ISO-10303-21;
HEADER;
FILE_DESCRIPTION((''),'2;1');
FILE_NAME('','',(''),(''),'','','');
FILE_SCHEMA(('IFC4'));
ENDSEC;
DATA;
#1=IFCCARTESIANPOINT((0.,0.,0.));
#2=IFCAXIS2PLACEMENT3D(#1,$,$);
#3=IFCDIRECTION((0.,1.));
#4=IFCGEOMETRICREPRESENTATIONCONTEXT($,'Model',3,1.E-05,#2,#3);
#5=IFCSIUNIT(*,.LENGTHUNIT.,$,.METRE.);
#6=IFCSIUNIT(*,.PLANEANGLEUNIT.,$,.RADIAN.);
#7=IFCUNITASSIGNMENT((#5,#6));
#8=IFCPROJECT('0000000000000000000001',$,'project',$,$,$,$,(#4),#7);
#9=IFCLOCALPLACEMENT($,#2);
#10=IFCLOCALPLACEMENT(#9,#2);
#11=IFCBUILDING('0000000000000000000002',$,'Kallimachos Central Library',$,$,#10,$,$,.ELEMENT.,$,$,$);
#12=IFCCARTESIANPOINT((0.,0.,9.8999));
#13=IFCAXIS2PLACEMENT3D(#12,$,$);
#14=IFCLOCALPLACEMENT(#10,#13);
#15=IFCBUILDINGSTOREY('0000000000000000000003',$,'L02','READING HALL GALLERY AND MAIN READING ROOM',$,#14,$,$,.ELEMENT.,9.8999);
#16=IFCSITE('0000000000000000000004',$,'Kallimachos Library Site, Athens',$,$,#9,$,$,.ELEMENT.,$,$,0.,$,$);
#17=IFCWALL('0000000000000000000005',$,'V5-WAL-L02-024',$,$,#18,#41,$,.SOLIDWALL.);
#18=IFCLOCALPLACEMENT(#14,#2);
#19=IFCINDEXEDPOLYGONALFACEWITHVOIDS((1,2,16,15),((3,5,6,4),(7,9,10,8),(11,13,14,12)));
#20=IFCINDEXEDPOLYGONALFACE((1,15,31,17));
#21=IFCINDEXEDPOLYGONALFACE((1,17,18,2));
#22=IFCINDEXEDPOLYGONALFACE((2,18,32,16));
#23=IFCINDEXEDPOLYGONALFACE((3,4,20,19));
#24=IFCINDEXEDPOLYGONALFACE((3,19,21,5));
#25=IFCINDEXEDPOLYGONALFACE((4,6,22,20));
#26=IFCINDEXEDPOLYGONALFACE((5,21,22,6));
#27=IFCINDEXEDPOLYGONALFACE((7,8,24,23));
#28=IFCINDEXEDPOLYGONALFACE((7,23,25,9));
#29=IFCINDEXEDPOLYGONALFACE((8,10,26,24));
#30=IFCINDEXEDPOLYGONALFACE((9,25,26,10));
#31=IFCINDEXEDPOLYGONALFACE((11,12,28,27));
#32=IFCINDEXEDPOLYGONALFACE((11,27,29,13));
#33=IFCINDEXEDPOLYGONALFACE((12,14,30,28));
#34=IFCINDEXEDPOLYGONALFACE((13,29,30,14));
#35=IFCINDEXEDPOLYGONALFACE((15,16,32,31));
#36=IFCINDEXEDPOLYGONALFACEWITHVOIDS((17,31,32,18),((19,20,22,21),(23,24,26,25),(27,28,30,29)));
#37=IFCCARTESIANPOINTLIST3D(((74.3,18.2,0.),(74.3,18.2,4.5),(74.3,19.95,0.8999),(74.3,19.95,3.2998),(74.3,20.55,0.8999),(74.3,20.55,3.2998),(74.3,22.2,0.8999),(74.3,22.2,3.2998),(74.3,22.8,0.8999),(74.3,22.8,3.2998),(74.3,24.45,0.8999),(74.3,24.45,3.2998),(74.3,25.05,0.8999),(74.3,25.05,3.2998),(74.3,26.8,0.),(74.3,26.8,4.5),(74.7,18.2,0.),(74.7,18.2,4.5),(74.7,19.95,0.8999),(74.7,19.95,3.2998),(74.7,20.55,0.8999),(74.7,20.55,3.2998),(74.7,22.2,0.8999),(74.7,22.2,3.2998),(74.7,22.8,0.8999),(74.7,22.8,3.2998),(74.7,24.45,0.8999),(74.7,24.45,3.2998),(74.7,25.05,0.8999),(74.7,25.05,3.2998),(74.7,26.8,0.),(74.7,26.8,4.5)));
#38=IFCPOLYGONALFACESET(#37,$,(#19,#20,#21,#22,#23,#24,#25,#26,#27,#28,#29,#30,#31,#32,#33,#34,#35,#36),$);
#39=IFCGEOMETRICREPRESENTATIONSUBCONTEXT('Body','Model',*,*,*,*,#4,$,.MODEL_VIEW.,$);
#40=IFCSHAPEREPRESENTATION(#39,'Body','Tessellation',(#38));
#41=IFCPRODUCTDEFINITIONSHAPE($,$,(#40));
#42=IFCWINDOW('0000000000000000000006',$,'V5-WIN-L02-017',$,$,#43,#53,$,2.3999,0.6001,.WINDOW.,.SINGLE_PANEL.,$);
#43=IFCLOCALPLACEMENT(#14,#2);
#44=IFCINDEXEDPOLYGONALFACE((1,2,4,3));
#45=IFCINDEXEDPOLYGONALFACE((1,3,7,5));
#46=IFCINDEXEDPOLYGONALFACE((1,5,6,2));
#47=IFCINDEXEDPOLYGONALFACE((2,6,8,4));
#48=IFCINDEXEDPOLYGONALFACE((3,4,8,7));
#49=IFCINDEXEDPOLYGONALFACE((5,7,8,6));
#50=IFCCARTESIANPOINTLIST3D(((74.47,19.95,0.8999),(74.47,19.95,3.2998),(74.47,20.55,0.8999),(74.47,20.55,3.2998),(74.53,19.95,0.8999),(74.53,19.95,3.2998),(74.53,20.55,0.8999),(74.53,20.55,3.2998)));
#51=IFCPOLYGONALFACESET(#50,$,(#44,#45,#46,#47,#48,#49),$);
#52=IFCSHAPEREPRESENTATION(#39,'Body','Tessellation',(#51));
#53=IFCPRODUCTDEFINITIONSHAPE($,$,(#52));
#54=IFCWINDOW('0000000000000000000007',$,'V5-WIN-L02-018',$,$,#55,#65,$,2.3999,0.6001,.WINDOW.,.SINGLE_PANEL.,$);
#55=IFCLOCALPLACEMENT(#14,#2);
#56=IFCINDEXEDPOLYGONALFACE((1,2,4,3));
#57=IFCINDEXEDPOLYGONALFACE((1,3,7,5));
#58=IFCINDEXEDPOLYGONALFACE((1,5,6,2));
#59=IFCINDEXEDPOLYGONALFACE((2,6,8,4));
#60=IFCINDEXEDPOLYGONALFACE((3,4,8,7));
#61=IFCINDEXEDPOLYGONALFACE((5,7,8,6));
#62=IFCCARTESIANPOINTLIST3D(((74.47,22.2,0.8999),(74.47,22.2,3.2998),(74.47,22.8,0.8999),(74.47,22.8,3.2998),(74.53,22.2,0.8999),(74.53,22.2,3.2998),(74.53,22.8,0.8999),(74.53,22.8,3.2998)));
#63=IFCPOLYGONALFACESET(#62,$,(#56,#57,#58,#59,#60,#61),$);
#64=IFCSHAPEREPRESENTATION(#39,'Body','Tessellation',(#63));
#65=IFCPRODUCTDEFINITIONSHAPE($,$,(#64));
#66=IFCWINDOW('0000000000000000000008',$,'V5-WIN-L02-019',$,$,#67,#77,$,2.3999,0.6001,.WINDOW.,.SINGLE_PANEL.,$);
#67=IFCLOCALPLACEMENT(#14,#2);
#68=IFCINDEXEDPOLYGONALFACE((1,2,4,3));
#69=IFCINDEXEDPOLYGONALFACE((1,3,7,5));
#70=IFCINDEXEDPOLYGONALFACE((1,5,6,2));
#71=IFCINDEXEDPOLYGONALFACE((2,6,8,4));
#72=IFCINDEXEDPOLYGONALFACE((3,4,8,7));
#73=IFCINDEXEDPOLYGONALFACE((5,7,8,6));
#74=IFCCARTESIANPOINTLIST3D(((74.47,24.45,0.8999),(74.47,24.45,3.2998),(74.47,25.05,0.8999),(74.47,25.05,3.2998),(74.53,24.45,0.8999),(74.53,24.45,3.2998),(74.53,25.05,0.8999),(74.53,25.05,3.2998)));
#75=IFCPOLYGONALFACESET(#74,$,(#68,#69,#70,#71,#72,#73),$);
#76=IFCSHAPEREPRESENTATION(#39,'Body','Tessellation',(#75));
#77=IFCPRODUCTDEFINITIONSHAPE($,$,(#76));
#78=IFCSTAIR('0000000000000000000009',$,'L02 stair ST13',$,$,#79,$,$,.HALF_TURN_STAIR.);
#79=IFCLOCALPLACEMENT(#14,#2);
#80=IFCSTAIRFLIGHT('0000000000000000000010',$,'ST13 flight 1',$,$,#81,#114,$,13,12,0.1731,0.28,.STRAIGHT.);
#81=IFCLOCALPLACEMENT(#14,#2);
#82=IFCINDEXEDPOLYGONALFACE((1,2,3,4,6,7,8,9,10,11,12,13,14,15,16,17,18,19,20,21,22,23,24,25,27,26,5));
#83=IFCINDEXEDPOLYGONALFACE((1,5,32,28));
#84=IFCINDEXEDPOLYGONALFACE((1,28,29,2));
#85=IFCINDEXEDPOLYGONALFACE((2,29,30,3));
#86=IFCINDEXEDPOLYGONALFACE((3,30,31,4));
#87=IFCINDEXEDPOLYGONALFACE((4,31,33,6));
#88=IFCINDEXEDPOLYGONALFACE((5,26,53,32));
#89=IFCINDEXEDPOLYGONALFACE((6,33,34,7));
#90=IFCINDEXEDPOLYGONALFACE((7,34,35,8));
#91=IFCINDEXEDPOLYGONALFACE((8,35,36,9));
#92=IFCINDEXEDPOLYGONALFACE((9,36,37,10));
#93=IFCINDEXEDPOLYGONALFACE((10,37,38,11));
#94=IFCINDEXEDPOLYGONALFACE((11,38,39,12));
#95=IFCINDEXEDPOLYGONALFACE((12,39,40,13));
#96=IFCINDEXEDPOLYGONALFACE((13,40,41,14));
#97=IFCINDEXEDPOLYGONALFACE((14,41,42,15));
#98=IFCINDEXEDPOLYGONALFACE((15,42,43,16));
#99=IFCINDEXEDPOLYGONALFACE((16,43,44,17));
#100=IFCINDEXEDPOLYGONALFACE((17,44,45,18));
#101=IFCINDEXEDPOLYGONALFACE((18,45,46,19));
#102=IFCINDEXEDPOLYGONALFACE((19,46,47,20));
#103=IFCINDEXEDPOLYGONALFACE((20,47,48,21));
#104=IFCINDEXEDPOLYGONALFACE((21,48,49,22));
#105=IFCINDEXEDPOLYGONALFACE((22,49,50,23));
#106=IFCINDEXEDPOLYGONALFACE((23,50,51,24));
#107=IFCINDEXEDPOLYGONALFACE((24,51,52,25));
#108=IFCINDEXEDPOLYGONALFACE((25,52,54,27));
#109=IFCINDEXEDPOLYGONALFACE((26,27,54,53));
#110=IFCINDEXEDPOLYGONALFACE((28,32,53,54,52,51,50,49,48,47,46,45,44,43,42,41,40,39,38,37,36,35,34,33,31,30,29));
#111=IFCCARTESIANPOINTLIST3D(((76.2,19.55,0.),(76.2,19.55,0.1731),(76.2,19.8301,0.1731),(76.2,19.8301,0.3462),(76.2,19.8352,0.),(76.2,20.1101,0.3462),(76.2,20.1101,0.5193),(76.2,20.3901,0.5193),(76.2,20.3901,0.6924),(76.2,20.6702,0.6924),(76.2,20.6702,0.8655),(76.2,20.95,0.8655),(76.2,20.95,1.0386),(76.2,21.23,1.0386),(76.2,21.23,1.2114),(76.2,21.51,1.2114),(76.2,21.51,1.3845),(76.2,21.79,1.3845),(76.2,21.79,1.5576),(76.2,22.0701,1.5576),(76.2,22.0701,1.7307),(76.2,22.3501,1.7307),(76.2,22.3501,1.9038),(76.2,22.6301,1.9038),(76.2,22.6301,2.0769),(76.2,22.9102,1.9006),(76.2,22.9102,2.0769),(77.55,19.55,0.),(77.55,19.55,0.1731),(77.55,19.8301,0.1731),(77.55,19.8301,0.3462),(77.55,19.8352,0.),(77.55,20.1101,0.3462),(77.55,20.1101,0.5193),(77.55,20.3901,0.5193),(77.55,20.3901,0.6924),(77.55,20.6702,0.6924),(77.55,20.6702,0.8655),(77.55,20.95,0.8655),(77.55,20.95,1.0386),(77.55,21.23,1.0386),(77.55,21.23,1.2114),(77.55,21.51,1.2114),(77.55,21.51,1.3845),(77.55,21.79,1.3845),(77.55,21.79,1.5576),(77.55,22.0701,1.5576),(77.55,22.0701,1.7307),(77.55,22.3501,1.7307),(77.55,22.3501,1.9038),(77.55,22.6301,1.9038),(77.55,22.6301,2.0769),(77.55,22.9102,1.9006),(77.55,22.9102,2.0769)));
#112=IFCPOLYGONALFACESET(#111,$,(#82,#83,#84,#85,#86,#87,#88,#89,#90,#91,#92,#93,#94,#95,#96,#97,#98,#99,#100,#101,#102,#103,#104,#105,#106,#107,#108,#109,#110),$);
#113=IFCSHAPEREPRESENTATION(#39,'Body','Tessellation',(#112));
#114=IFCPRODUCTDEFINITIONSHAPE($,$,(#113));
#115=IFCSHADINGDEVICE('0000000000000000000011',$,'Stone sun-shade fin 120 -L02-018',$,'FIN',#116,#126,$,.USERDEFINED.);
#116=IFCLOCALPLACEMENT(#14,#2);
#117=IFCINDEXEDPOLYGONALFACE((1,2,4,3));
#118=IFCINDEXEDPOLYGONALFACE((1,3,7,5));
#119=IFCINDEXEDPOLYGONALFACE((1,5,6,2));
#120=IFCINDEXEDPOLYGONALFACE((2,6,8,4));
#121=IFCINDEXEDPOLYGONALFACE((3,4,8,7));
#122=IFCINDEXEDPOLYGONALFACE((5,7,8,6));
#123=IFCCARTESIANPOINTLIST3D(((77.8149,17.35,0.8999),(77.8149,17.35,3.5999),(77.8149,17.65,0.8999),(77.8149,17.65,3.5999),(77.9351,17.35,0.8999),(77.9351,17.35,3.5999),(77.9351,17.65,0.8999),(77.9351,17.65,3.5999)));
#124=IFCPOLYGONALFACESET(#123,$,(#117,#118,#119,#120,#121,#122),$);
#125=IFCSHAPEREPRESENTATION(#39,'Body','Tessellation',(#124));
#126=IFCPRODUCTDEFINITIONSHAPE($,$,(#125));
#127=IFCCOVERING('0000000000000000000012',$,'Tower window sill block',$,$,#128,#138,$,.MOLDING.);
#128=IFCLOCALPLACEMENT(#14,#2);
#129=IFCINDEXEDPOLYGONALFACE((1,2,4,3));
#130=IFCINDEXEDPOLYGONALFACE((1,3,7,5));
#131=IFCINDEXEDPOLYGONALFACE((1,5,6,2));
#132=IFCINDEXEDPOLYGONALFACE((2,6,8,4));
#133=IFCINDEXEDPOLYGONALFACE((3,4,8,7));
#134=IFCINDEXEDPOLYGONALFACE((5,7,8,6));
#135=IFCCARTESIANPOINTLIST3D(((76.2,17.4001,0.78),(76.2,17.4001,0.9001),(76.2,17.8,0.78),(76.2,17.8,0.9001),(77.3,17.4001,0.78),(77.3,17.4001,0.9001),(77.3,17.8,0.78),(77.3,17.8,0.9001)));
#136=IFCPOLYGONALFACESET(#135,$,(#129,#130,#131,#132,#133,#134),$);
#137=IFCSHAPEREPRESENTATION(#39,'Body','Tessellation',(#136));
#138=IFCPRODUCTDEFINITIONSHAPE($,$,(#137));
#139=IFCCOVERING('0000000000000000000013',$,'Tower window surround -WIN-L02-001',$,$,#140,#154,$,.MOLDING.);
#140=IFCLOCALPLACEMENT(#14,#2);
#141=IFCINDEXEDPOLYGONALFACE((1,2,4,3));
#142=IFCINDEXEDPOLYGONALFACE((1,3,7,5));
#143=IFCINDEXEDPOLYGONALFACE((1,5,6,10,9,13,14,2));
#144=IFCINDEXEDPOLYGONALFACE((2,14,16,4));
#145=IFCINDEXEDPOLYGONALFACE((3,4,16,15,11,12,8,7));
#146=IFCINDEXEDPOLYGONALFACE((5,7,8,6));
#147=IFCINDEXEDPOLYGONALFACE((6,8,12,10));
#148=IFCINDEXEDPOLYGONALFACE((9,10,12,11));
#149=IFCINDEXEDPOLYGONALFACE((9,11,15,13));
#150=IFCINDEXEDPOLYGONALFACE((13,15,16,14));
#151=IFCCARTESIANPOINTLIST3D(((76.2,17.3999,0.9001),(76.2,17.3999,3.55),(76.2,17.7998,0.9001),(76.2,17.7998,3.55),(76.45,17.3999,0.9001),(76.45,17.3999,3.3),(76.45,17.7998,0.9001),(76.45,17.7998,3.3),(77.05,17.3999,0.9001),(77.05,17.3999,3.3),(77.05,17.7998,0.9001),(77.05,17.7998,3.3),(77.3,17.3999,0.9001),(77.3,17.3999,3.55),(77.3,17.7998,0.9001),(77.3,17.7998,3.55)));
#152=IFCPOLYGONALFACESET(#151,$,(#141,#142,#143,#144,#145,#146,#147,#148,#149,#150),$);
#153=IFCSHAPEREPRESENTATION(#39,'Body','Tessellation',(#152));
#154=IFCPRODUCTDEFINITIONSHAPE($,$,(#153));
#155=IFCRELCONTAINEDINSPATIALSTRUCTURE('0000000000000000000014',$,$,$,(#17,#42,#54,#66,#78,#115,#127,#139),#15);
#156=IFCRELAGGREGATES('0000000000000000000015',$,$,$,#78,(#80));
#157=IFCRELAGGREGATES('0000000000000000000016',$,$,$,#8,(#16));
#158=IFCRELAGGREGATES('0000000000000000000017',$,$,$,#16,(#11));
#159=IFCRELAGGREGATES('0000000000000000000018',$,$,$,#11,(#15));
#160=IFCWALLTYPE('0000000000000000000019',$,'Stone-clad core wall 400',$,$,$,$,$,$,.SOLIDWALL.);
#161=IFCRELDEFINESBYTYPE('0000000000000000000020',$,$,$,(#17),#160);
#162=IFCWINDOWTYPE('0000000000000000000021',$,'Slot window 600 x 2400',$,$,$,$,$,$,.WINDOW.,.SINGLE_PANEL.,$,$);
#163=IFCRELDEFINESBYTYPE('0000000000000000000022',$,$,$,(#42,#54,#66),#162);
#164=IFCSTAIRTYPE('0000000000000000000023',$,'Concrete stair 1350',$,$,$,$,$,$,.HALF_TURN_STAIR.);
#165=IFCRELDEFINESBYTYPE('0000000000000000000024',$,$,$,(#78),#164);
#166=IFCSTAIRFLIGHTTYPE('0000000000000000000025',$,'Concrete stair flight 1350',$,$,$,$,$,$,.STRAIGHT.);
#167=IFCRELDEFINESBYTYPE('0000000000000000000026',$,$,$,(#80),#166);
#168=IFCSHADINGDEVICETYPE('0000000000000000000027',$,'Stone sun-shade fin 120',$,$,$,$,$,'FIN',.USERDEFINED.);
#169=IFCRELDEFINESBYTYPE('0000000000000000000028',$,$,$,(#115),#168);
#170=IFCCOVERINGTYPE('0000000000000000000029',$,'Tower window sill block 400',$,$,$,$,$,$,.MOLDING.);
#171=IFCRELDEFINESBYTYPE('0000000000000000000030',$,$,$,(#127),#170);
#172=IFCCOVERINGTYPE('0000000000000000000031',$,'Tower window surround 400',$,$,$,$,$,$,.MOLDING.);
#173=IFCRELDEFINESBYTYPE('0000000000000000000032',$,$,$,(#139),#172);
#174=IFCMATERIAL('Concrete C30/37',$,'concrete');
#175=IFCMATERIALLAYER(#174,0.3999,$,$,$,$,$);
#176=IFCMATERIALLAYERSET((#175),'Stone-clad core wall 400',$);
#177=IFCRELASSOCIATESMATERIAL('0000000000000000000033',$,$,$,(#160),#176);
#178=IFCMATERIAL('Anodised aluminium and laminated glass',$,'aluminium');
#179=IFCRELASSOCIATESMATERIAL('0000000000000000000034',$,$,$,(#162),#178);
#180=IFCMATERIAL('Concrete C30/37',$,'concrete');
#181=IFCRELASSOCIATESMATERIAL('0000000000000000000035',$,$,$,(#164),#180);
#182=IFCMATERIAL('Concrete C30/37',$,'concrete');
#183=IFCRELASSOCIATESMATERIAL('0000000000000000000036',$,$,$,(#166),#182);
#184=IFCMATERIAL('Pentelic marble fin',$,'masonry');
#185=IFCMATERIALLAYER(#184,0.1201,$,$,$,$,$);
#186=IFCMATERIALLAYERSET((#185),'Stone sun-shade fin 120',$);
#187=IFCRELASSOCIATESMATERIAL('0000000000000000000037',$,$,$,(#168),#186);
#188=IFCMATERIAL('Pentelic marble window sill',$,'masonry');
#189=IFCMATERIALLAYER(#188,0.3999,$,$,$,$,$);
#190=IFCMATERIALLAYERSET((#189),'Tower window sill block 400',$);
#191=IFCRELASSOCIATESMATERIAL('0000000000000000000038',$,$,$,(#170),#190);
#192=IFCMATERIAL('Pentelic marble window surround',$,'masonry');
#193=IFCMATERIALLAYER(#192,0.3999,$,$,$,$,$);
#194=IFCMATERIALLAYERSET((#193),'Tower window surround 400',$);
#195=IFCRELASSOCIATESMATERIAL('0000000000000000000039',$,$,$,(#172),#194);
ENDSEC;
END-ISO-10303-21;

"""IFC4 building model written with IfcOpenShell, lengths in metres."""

from ifc_helpers import new_model, si_unit, direction, frame, frame_2d, origin, origin_2d, place, context, subcontext, project, spatial, polyline, rectangle, outline, extrude, material, layer, layer_set, type_object, element, fill, aggregate, save


model = new_model("IFC4")

# Units and contexts
model_context = context("Model", 3, precision=1e-05, world=origin(), true_north=direction((0.0, 1.0)))
body_context = subcontext(model_context, "Body", "Model", "MODEL_VIEW")
ifc_project = project(units=[si_unit("LENGTHUNIT", "METRE"), si_unit("PLANEANGLEUNIT", "RADIAN")], contexts=[model_context])

# Site, building, storey
site_placement = place(None, origin())
site = spatial("IfcSite", under=ifc_project, at=site_placement, Name="Kallimachos Library Site, Athens", CompositionType="ELEMENT", RefElevation=0.0)
building_placement = place(site_placement, origin())
building = spatial("IfcBuilding", under=site, at=building_placement, Name="Kallimachos Central Library", CompositionType="ELEMENT")
storey_placement = place(building_placement, frame((0.0, 0.0, 9.8999)))
storey = spatial("IfcBuildingStorey", under=building, at=storey_placement, Name="L02", Description="READING HALL GALLERY AND MAIN READING ROOM", CompositionType="ELEMENT", Elevation=9.8999)

# Wall, openings, windows
ifc_material_1 = material(Name="Concrete C30/37", Category="concrete")
ifc_layer_1 = layer(ifc_material_1, 0.3999)
ifc_layer_set_1 = layer_set([ifc_layer_1], Name="Stone-clad core wall 400")
wall_type_1 = type_object("IfcWallType", Name="Stone-clad core wall 400", PredefinedType="SOLIDWALL", material=ifc_layer_set_1)
ifc_material_2 = material(Name="Anodised aluminium and laminated glass", Category="aluminium")
window_type = type_object("IfcWindowType", Name="Slot window 600 x 2400", PartitioningType="SINGLE_PANEL", PredefinedType="WINDOW", material=ifc_material_2)
wall_1_placement = place(storey_placement, frame((74.5, 18.2, 0.0), z_axis=(0.0, 0.0, 1.0), x_axis=(0.0, 1.0, 0.0)))
wall_1 = element("IfcWall", 1, at=wall_1_placement, inside=storey, type_object=wall_type_1, Name="V5-WAL-L02-024", PredefinedType="SOLIDWALL", context=body_context, shape_type="SweptSolid", body=[
    extrude(rectangle(XDim=8.6001, YDim=0.3999, at=frame_2d((4.3, 0.0))), origin(), (0.0, 0.0, 1.0), 4.5),
])
opening_1_placement = place(wall_1_placement, frame((1.75, 0.0, 0.8999)))
opening_1 = element("IfcOpeningElement", 2, at=opening_1_placement, cuts=wall_1, PredefinedType="OPENING", context=body_context, shape_type="SweptSolid", body=[
    extrude(rectangle(XDim=0.6001, YDim=2.3999, at=frame_2d((0.3, 1.2))), frame((0.0, 0.21, 0.0), z_axis=(0.0, -1.0, 0.0), x_axis=(1.0, 0.0, 0.0)), (0.0, 0.0, 1.0), 0.4199),
])
opening_2_placement = place(wall_1_placement, frame((4.0, 0.0, 0.8999)))
opening_2 = element("IfcOpeningElement", 3, at=opening_2_placement, cuts=wall_1, PredefinedType="OPENING", context=body_context, shape_type="SweptSolid", body=[
    extrude(rectangle(XDim=0.6001, YDim=2.3999, at=frame_2d((0.3, 1.2))), frame((0.0, 0.21, 0.0), z_axis=(0.0, -1.0, 0.0), x_axis=(1.0, 0.0, 0.0)), (0.0, 0.0, 1.0), 0.4199),
])
opening_3_placement = place(wall_1_placement, frame((6.25, 0.0, 0.8999)))
opening_3 = element("IfcOpeningElement", 4, at=opening_3_placement, cuts=wall_1, PredefinedType="OPENING", context=body_context, shape_type="SweptSolid", body=[
    extrude(rectangle(XDim=0.6001, YDim=2.3999, at=frame_2d((0.3, 1.2))), frame((0.0, 0.21, 0.0), z_axis=(0.0, -1.0, 0.0), x_axis=(1.0, 0.0, 0.0)), (0.0, 0.0, 1.0), 0.4199),
])
window_1_placement = place(opening_1_placement, origin())
window_1 = element("IfcWindow", 5, at=window_1_placement, inside=storey, type_object=window_type, Name="V5-WIN-L02-017", OverallHeight=2.3999, OverallWidth=0.6001, PartitioningType="SINGLE_PANEL", PredefinedType="WINDOW", context=body_context, shape_type="SweptSolid", body=[
    extrude(rectangle(XDim=0.6001, YDim=2.3999, at=frame_2d((0.3, 1.2))), frame((0.0, 0.03, 0.0), z_axis=(0.0, -1.0, 0.0), x_axis=(1.0, 0.0, 0.0)), (0.0, 0.0, 1.0), 0.0601),
])
fill(opening_1, window_1)
window_2_placement = place(opening_2_placement, origin())
window_2 = element("IfcWindow", 6, at=window_2_placement, inside=storey, type_object=window_type, Name="V5-WIN-L02-018", OverallHeight=2.3999, OverallWidth=0.6001, PartitioningType="SINGLE_PANEL", PredefinedType="WINDOW", context=body_context, shape_type="SweptSolid", body=[
    extrude(rectangle(XDim=0.6001, YDim=2.3999, at=frame_2d((0.3, 1.2))), frame((0.0, 0.03, 0.0), z_axis=(0.0, -1.0, 0.0), x_axis=(1.0, 0.0, 0.0)), (0.0, 0.0, 1.0), 0.0601),
])
fill(opening_2, window_2)
window_3_placement = place(opening_3_placement, origin())
window_3 = element("IfcWindow", 7, at=window_3_placement, inside=storey, type_object=window_type, Name="V5-WIN-L02-019", OverallHeight=2.3999, OverallWidth=0.6001, PartitioningType="SINGLE_PANEL", PredefinedType="WINDOW", context=body_context, shape_type="SweptSolid", body=[
    extrude(rectangle(XDim=0.6001, YDim=2.3999, at=frame_2d((0.3, 1.2))), frame((0.0, 0.03, 0.0), z_axis=(0.0, -1.0, 0.0), x_axis=(1.0, 0.0, 0.0)), (0.0, 0.0, 1.0), 0.0601),
])
fill(opening_3, window_3)

# Stair, stair flight
ifc_material_3 = material(Name="Concrete C30/37", Category="concrete")
stair_type = type_object("IfcStairType", Name="Concrete stair 1350", PredefinedType="HALF_TURN_STAIR", material=ifc_material_3)
stair_placement = place(storey_placement, origin())
stair = element("IfcStair", 8, at=stair_placement, inside=storey, type_object=stair_type, Name="L02 stair ST13", PredefinedType="HALF_TURN_STAIR")
ifc_material_4 = material(Name="Concrete C30/37", Category="concrete")
stair_flight_type = type_object("IfcStairFlightType", Name="Concrete stair flight 1350", PredefinedType="STRAIGHT", material=ifc_material_4)
stair_flight_placement = place(storey_placement, frame((76.875, 19.55, 0.0), z_axis=(0.0, 0.0, 1.0), x_axis=(0.0, 1.0, 0.0)))
stair_flight = element("IfcStairFlight", 9, at=stair_flight_placement, type_object=stair_flight_type, Name="ST13 flight 1", NumberOfRisers=13, NumberOfTreads=12, PredefinedType="STRAIGHT", RiserHeight=0.1731, TreadLength=0.28, context=body_context, shape_type="SweptSolid", body=[
    extrude(outline(polyline([(0.0, 0.0), (0.0, 0.1731), (0.28, 0.1731), (0.28, 0.3462), (0.5601, 0.3462), (0.5601, 0.5193), (0.8401, 0.5193), (0.8401, 0.6924), (1.1201, 0.6924), (1.1201, 0.8655), (1.3999, 0.8655), (1.3999, 1.0386), (1.6799, 1.0386), (1.6799, 1.2114), (1.96, 1.2114), (1.96, 1.3845), (2.24, 1.3845), (2.24, 1.5576), (2.52, 1.5576), (2.52, 1.7307), (2.8, 1.7307), (2.8, 1.9038), (3.0801, 1.9038), (3.0801, 2.0769), (3.3601, 2.0769), (3.3601, 2.25), (3.3601, 1.9006), (0.2852, 0.0), (0.0, 0.0)])), frame((0.0, 0.675, 0.0), z_axis=(0.0, -1.0, 0.0), x_axis=(1.0, 0.0, 0.0)), (0.0, 0.0, 1.0), 1.3501),
])
aggregate(stair, [stair_flight])

# Shading device
ifc_material_5 = material(Name="Pentelic marble fin", Category="masonry")
ifc_layer_2 = layer(ifc_material_5, 0.1201)
ifc_layer_set_2 = layer_set([ifc_layer_2], Name="Stone sun-shade fin 120")
shading_device_type = type_object("IfcShadingDeviceType", Name="Stone sun-shade fin 120", ElementType="FIN", PredefinedType="USERDEFINED", material=ifc_layer_set_2)
shading_device_placement = place(storey_placement, frame((77.875, 17.5, 0.8999), z_axis=(0.0, 0.0, 1.0), x_axis=(1.0, 0.0, 0.0)))
element("IfcShadingDevice", 10, at=shading_device_placement, inside=storey, type_object=shading_device_type, Name="Stone sun-shade fin 120 -L02-018", ObjectType="FIN", PredefinedType="USERDEFINED", context=body_context, shape_type="SweptSolid", body=[
    extrude(rectangle(XDim=0.1201, YDim=0.3, at=origin_2d()), origin(), (0.0, 0.0, 1.0), 2.7),
])

# Coverings
ifc_material_6 = material(Name="Pentelic marble window sill", Category="masonry")
ifc_layer_3 = layer(ifc_material_6, 0.3999)
ifc_layer_set_3 = layer_set([ifc_layer_3], Name="Tower window sill block 400")
covering_type_1 = type_object("IfcCoveringType", Name="Tower window sill block 400", PredefinedType="MOLDING", material=ifc_layer_set_3)
covering_1_placement = place(storey_placement, frame((76.75, 17.6001, 0.78), z_axis=(0.0, 0.0, 1.0), x_axis=(1.0, 0.0, 0.0)))
element("IfcCovering", 11, at=covering_1_placement, inside=storey, type_object=covering_type_1, Name="Tower window sill block", PredefinedType="MOLDING", context=body_context, shape_type="SweptSolid", body=[
    extrude(rectangle(XDim=1.1001, YDim=0.3999, at=origin_2d()), origin(), (0.0, 0.0, 1.0), 0.1201),
])
ifc_material_7 = material(Name="Pentelic marble window surround", Category="masonry")
ifc_layer_4 = layer(ifc_material_7, 0.3999)
ifc_layer_set_4 = layer_set([ifc_layer_4], Name="Tower window surround 400")
covering_type_2 = type_object("IfcCoveringType", Name="Tower window surround 400", PredefinedType="MOLDING", material=ifc_layer_set_4)
covering_2_placement = place(storey_placement, frame((76.45, 17.3999, 0.9001), z_axis=(0.0, -1.0, 0.0), x_axis=(0.0, 0.0, 1.0)))
element("IfcCovering", 12, at=covering_2_placement, inside=storey, type_object=covering_type_2, Name="Tower window surround -WIN-L02-001", PredefinedType="MOLDING", context=body_context, shape_type="SweptSolid", body=[
    extrude(outline(polyline([(0.0, 0.0), (2.3999, 0.0), (2.3999, -0.6001), (0.0, -0.6001), (0.0, -0.8501), (2.6499, -0.8501), (2.6499, 0.25), (0.0, 0.25), (0.0, 0.0)])), origin(), (0.0, 0.0, -1.0), 0.3999),
])

save(model, "model.ifc")
